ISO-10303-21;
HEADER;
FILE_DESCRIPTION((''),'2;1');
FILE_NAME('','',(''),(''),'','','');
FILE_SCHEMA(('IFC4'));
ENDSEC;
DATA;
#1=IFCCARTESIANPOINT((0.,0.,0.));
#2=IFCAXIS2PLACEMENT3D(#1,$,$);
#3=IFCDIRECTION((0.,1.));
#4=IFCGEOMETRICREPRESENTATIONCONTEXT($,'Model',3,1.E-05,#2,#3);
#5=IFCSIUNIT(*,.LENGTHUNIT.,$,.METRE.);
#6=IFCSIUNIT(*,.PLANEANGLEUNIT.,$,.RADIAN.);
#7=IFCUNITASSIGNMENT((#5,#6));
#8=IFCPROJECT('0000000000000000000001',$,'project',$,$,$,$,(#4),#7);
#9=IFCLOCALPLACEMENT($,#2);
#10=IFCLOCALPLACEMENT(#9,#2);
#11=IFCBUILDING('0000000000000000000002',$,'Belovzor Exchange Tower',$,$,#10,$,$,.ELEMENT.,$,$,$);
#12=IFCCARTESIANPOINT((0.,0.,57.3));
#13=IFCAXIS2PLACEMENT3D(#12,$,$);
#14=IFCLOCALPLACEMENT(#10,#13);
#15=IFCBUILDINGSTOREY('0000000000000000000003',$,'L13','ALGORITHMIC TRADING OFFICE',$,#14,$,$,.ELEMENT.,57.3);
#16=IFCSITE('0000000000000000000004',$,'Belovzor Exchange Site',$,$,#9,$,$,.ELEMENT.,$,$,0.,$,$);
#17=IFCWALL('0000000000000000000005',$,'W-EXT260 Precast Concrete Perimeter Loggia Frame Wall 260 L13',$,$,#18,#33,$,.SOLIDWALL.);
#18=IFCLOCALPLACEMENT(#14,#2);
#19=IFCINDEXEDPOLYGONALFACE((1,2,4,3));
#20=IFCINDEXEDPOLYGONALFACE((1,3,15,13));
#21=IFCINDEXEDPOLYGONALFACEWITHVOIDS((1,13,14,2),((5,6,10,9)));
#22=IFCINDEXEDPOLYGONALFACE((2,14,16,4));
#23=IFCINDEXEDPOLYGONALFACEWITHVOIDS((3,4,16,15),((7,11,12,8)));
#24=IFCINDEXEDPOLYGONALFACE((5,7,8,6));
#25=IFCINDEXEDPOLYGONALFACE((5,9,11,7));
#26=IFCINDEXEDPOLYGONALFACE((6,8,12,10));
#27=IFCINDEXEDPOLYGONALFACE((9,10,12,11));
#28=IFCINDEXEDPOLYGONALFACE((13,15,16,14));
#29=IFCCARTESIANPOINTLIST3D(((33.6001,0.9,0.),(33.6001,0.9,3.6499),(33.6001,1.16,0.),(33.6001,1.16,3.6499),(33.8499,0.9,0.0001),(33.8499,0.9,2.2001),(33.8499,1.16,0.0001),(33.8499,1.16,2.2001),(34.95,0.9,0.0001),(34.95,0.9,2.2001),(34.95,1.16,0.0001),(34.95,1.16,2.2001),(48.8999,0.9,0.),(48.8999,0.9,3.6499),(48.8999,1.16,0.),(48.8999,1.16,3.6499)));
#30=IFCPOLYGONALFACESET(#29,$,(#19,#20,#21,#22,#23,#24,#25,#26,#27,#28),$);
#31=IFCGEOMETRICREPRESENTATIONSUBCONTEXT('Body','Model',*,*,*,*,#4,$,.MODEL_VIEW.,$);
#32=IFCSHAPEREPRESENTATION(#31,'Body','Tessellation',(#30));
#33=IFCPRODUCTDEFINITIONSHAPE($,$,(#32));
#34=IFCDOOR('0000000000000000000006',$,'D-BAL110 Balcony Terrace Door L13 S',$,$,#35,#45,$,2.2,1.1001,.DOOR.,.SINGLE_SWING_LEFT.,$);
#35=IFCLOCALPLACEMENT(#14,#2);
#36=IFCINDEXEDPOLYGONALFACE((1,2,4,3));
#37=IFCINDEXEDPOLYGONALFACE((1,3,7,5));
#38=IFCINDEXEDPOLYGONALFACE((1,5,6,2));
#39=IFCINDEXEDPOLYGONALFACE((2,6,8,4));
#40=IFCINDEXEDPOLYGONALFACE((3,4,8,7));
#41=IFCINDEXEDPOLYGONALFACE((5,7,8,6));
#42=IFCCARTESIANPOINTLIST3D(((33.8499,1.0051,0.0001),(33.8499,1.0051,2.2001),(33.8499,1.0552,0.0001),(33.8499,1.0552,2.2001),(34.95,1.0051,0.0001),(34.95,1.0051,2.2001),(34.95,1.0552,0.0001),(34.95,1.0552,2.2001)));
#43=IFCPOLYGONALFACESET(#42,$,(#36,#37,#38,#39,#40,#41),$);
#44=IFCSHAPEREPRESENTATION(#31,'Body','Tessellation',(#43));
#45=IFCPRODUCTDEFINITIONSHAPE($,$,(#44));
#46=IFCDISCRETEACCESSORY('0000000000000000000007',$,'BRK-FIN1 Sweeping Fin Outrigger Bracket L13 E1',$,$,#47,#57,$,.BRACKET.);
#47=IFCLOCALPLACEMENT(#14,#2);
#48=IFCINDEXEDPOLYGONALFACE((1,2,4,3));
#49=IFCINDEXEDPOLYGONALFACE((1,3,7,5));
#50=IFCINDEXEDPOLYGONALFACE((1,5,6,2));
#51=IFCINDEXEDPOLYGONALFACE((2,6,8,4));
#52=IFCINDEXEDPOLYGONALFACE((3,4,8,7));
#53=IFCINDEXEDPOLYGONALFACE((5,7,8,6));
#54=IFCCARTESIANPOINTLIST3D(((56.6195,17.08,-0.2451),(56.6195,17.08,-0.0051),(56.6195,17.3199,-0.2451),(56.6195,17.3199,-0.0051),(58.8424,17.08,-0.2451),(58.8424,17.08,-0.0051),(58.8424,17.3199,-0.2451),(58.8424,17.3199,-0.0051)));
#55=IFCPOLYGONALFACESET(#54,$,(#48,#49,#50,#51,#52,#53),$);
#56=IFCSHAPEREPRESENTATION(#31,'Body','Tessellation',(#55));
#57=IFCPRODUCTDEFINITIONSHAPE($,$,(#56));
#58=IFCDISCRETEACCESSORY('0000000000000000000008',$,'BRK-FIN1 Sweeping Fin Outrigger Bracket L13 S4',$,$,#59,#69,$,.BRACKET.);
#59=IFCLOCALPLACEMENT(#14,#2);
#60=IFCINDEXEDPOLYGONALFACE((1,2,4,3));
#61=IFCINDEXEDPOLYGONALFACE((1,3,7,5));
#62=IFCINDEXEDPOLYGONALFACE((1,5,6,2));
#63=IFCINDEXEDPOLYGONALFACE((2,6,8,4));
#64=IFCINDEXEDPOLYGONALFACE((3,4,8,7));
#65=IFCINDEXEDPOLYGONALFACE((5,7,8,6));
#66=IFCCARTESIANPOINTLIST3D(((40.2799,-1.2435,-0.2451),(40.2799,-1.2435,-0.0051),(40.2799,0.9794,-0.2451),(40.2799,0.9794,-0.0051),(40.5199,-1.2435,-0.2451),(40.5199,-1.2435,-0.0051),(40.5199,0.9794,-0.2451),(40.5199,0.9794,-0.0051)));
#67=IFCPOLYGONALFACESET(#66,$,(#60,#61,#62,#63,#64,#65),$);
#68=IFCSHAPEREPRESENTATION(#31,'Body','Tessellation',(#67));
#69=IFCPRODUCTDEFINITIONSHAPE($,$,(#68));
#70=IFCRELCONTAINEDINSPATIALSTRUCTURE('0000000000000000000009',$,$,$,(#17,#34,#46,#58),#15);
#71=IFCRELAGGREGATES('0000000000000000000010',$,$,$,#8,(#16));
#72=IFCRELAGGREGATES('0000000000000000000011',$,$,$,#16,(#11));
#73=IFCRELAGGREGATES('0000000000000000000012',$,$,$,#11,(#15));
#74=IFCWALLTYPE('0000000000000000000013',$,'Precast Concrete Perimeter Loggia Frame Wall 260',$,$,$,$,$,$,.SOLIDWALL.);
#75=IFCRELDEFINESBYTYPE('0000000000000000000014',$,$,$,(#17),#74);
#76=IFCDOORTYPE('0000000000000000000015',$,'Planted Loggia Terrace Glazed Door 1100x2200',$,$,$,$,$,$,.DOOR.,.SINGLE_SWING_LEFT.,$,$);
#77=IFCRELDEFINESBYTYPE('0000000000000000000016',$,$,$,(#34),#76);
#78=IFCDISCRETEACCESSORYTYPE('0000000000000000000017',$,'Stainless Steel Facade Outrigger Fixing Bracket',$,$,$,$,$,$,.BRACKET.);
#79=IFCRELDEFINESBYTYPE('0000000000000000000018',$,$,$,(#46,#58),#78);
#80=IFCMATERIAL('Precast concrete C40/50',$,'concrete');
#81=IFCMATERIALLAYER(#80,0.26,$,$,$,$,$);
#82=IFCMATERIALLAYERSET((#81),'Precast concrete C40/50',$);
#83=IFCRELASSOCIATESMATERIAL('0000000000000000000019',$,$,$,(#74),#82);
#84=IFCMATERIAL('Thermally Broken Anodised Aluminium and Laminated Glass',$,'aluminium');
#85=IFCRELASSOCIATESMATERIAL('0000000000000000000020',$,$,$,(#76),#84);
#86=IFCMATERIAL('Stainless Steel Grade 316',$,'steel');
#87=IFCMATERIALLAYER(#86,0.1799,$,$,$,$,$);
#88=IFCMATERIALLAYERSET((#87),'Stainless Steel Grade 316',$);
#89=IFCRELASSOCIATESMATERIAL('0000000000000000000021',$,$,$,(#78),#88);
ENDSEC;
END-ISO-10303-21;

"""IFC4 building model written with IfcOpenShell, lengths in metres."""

from ifc_helpers import new_model, si_unit, direction, frame, frame_2d, origin, origin_2d, place, context, subcontext, project, spatial, rectangle, extrude, material, layer, layer_set, type_object, element, fill, save


model = new_model("IFC4")

# Units and contexts
model_context = context("Model", 3, precision=1e-05, world=origin(), true_north=direction((0.0, 1.0)))
body_context = subcontext(model_context, "Body", "Model", "MODEL_VIEW")
ifc_project = project(units=[si_unit("LENGTHUNIT", "METRE"), si_unit("PLANEANGLEUNIT", "RADIAN")], contexts=[model_context])

# Site, building, storey
site_placement = place(None, origin())
site = spatial("IfcSite", under=ifc_project, at=site_placement, Name="Belovzor Exchange Site", CompositionType="ELEMENT", RefElevation=0.0)
building_placement = place(site_placement, origin())
building = spatial("IfcBuilding", under=site, at=building_placement, Name="Belovzor Exchange Tower", CompositionType="ELEMENT")
storey_placement = place(building_placement, frame((0.0, 0.0, 57.3)))
storey = spatial("IfcBuildingStorey", under=building, at=storey_placement, Name="L13", Description="ALGORITHMIC TRADING OFFICE", CompositionType="ELEMENT", Elevation=57.3)

# Wall, opening, door
ifc_material_1 = material(Name="Precast concrete C40/50", Category="concrete")
ifc_layer_1 = layer(ifc_material_1, 0.26)
ifc_layer_set_1 = layer_set([ifc_layer_1], Name="Precast concrete C40/50")
wall_type_1 = type_object("IfcWallType", Name="Precast Concrete Perimeter Loggia Frame Wall 260", PredefinedType="SOLIDWALL", material=ifc_layer_set_1)
wall_1_placement = place(storey_placement, frame((48.8999, 1.03, 0.0), z_axis=(0.0, 0.0, 1.0), x_axis=(-1.0, 0.0, 0.0)))
wall_1 = element("IfcWall", 1, at=wall_1_placement, inside=storey, type_object=wall_type_1, Name="W-EXT260 Precast Concrete Perimeter Loggia Frame Wall 260 L13", PredefinedType="SOLIDWALL", context=body_context, shape_type="SweptSolid", body=[
    extrude(rectangle(XDim=15.2998, YDim=0.26, at=frame_2d((7.6499, 0.0))), origin(), (0.0, 0.0, 1.0), 3.6499),
])
opening_1_placement = place(wall_1_placement, frame((13.95, 0.0, 0.0)))
opening_1 = element("IfcOpeningElement", 2, at=opening_1_placement, cuts=wall_1, PredefinedType="OPENING", context=body_context, shape_type="SweptSolid", body=[
    extrude(rectangle(XDim=1.1001, YDim=2.2, at=frame_2d((0.55, 1.1001))), frame((0.0, 0.1399, 0.0), z_axis=(0.0, -1.0, 0.0), x_axis=(1.0, 0.0, 0.0)), (0.0, 0.0, 1.0), 0.28),
])
ifc_material_2 = material(Name="Thermally Broken Anodised Aluminium and Laminated Glass", Category="aluminium")
door_type_1 = type_object("IfcDoorType", Name="Planted Loggia Terrace Glazed Door 1100x2200", OperationType="SINGLE_SWING_LEFT", PredefinedType="DOOR", material=ifc_material_2)
door_1_placement = place(opening_1_placement, origin())
door_1 = element("IfcDoor", 3, at=door_1_placement, inside=storey, type_object=door_type_1, Name="D-BAL110 Balcony Terrace Door L13 S", OperationType="SINGLE_SWING_LEFT", OverallHeight=2.2, OverallWidth=1.1001, PredefinedType="DOOR", context=body_context, shape_type="SweptSolid", body=[
    extrude(rectangle(XDim=1.1001, YDim=2.2, at=frame_2d((0.55, 1.1001))), frame((0.0, 0.0249, 0.0), z_axis=(0.0, -1.0, 0.0), x_axis=(1.0, 0.0, 0.0)), (0.0, 0.0, 1.0), 0.05),
])
fill(opening_1, door_1)

# Discrete accessories
ifc_material_3 = material(Name="Stainless Steel Grade 316", Category="steel")
ifc_layer_2 = layer(ifc_material_3, 0.1799)
ifc_layer_set_2 = layer_set([ifc_layer_2], Name="Stainless Steel Grade 316")
discrete_accessory_type = type_object("IfcDiscreteAccessoryType", Name="Stainless Steel Facade Outrigger Fixing Bracket", PredefinedType="BRACKET", material=ifc_layer_set_2)
for number, where, z_axis, x_axis, name in (
    (4, (57.731, 17.2, -0.2451), (0.0, 0.0, 1.0), (1.0, 0.0, 0.0), "BRK-FIN1 Sweeping Fin Outrigger Bracket L13 E1"),
    (5, (40.3999, -0.1321, -0.2451), (0.0, 0.0, 1.0), (0.0, 1.0, 0.0), "BRK-FIN1 Sweeping Fin Outrigger Bracket L13 S4"),
):
    element("IfcDiscreteAccessory", number, at=place(storey_placement, frame(where, z_axis=z_axis, x_axis=x_axis)), inside=storey, type_object=discrete_accessory_type, Name=name, PredefinedType="BRACKET", context=body_context, shape_type="SweptSolid", body=[
        extrude(rectangle(XDim=2.2229, YDim=0.24, at=origin_2d()), origin(), (0.0, 0.0, 1.0), 0.24),
    ])

save(model, "model.ifc")
